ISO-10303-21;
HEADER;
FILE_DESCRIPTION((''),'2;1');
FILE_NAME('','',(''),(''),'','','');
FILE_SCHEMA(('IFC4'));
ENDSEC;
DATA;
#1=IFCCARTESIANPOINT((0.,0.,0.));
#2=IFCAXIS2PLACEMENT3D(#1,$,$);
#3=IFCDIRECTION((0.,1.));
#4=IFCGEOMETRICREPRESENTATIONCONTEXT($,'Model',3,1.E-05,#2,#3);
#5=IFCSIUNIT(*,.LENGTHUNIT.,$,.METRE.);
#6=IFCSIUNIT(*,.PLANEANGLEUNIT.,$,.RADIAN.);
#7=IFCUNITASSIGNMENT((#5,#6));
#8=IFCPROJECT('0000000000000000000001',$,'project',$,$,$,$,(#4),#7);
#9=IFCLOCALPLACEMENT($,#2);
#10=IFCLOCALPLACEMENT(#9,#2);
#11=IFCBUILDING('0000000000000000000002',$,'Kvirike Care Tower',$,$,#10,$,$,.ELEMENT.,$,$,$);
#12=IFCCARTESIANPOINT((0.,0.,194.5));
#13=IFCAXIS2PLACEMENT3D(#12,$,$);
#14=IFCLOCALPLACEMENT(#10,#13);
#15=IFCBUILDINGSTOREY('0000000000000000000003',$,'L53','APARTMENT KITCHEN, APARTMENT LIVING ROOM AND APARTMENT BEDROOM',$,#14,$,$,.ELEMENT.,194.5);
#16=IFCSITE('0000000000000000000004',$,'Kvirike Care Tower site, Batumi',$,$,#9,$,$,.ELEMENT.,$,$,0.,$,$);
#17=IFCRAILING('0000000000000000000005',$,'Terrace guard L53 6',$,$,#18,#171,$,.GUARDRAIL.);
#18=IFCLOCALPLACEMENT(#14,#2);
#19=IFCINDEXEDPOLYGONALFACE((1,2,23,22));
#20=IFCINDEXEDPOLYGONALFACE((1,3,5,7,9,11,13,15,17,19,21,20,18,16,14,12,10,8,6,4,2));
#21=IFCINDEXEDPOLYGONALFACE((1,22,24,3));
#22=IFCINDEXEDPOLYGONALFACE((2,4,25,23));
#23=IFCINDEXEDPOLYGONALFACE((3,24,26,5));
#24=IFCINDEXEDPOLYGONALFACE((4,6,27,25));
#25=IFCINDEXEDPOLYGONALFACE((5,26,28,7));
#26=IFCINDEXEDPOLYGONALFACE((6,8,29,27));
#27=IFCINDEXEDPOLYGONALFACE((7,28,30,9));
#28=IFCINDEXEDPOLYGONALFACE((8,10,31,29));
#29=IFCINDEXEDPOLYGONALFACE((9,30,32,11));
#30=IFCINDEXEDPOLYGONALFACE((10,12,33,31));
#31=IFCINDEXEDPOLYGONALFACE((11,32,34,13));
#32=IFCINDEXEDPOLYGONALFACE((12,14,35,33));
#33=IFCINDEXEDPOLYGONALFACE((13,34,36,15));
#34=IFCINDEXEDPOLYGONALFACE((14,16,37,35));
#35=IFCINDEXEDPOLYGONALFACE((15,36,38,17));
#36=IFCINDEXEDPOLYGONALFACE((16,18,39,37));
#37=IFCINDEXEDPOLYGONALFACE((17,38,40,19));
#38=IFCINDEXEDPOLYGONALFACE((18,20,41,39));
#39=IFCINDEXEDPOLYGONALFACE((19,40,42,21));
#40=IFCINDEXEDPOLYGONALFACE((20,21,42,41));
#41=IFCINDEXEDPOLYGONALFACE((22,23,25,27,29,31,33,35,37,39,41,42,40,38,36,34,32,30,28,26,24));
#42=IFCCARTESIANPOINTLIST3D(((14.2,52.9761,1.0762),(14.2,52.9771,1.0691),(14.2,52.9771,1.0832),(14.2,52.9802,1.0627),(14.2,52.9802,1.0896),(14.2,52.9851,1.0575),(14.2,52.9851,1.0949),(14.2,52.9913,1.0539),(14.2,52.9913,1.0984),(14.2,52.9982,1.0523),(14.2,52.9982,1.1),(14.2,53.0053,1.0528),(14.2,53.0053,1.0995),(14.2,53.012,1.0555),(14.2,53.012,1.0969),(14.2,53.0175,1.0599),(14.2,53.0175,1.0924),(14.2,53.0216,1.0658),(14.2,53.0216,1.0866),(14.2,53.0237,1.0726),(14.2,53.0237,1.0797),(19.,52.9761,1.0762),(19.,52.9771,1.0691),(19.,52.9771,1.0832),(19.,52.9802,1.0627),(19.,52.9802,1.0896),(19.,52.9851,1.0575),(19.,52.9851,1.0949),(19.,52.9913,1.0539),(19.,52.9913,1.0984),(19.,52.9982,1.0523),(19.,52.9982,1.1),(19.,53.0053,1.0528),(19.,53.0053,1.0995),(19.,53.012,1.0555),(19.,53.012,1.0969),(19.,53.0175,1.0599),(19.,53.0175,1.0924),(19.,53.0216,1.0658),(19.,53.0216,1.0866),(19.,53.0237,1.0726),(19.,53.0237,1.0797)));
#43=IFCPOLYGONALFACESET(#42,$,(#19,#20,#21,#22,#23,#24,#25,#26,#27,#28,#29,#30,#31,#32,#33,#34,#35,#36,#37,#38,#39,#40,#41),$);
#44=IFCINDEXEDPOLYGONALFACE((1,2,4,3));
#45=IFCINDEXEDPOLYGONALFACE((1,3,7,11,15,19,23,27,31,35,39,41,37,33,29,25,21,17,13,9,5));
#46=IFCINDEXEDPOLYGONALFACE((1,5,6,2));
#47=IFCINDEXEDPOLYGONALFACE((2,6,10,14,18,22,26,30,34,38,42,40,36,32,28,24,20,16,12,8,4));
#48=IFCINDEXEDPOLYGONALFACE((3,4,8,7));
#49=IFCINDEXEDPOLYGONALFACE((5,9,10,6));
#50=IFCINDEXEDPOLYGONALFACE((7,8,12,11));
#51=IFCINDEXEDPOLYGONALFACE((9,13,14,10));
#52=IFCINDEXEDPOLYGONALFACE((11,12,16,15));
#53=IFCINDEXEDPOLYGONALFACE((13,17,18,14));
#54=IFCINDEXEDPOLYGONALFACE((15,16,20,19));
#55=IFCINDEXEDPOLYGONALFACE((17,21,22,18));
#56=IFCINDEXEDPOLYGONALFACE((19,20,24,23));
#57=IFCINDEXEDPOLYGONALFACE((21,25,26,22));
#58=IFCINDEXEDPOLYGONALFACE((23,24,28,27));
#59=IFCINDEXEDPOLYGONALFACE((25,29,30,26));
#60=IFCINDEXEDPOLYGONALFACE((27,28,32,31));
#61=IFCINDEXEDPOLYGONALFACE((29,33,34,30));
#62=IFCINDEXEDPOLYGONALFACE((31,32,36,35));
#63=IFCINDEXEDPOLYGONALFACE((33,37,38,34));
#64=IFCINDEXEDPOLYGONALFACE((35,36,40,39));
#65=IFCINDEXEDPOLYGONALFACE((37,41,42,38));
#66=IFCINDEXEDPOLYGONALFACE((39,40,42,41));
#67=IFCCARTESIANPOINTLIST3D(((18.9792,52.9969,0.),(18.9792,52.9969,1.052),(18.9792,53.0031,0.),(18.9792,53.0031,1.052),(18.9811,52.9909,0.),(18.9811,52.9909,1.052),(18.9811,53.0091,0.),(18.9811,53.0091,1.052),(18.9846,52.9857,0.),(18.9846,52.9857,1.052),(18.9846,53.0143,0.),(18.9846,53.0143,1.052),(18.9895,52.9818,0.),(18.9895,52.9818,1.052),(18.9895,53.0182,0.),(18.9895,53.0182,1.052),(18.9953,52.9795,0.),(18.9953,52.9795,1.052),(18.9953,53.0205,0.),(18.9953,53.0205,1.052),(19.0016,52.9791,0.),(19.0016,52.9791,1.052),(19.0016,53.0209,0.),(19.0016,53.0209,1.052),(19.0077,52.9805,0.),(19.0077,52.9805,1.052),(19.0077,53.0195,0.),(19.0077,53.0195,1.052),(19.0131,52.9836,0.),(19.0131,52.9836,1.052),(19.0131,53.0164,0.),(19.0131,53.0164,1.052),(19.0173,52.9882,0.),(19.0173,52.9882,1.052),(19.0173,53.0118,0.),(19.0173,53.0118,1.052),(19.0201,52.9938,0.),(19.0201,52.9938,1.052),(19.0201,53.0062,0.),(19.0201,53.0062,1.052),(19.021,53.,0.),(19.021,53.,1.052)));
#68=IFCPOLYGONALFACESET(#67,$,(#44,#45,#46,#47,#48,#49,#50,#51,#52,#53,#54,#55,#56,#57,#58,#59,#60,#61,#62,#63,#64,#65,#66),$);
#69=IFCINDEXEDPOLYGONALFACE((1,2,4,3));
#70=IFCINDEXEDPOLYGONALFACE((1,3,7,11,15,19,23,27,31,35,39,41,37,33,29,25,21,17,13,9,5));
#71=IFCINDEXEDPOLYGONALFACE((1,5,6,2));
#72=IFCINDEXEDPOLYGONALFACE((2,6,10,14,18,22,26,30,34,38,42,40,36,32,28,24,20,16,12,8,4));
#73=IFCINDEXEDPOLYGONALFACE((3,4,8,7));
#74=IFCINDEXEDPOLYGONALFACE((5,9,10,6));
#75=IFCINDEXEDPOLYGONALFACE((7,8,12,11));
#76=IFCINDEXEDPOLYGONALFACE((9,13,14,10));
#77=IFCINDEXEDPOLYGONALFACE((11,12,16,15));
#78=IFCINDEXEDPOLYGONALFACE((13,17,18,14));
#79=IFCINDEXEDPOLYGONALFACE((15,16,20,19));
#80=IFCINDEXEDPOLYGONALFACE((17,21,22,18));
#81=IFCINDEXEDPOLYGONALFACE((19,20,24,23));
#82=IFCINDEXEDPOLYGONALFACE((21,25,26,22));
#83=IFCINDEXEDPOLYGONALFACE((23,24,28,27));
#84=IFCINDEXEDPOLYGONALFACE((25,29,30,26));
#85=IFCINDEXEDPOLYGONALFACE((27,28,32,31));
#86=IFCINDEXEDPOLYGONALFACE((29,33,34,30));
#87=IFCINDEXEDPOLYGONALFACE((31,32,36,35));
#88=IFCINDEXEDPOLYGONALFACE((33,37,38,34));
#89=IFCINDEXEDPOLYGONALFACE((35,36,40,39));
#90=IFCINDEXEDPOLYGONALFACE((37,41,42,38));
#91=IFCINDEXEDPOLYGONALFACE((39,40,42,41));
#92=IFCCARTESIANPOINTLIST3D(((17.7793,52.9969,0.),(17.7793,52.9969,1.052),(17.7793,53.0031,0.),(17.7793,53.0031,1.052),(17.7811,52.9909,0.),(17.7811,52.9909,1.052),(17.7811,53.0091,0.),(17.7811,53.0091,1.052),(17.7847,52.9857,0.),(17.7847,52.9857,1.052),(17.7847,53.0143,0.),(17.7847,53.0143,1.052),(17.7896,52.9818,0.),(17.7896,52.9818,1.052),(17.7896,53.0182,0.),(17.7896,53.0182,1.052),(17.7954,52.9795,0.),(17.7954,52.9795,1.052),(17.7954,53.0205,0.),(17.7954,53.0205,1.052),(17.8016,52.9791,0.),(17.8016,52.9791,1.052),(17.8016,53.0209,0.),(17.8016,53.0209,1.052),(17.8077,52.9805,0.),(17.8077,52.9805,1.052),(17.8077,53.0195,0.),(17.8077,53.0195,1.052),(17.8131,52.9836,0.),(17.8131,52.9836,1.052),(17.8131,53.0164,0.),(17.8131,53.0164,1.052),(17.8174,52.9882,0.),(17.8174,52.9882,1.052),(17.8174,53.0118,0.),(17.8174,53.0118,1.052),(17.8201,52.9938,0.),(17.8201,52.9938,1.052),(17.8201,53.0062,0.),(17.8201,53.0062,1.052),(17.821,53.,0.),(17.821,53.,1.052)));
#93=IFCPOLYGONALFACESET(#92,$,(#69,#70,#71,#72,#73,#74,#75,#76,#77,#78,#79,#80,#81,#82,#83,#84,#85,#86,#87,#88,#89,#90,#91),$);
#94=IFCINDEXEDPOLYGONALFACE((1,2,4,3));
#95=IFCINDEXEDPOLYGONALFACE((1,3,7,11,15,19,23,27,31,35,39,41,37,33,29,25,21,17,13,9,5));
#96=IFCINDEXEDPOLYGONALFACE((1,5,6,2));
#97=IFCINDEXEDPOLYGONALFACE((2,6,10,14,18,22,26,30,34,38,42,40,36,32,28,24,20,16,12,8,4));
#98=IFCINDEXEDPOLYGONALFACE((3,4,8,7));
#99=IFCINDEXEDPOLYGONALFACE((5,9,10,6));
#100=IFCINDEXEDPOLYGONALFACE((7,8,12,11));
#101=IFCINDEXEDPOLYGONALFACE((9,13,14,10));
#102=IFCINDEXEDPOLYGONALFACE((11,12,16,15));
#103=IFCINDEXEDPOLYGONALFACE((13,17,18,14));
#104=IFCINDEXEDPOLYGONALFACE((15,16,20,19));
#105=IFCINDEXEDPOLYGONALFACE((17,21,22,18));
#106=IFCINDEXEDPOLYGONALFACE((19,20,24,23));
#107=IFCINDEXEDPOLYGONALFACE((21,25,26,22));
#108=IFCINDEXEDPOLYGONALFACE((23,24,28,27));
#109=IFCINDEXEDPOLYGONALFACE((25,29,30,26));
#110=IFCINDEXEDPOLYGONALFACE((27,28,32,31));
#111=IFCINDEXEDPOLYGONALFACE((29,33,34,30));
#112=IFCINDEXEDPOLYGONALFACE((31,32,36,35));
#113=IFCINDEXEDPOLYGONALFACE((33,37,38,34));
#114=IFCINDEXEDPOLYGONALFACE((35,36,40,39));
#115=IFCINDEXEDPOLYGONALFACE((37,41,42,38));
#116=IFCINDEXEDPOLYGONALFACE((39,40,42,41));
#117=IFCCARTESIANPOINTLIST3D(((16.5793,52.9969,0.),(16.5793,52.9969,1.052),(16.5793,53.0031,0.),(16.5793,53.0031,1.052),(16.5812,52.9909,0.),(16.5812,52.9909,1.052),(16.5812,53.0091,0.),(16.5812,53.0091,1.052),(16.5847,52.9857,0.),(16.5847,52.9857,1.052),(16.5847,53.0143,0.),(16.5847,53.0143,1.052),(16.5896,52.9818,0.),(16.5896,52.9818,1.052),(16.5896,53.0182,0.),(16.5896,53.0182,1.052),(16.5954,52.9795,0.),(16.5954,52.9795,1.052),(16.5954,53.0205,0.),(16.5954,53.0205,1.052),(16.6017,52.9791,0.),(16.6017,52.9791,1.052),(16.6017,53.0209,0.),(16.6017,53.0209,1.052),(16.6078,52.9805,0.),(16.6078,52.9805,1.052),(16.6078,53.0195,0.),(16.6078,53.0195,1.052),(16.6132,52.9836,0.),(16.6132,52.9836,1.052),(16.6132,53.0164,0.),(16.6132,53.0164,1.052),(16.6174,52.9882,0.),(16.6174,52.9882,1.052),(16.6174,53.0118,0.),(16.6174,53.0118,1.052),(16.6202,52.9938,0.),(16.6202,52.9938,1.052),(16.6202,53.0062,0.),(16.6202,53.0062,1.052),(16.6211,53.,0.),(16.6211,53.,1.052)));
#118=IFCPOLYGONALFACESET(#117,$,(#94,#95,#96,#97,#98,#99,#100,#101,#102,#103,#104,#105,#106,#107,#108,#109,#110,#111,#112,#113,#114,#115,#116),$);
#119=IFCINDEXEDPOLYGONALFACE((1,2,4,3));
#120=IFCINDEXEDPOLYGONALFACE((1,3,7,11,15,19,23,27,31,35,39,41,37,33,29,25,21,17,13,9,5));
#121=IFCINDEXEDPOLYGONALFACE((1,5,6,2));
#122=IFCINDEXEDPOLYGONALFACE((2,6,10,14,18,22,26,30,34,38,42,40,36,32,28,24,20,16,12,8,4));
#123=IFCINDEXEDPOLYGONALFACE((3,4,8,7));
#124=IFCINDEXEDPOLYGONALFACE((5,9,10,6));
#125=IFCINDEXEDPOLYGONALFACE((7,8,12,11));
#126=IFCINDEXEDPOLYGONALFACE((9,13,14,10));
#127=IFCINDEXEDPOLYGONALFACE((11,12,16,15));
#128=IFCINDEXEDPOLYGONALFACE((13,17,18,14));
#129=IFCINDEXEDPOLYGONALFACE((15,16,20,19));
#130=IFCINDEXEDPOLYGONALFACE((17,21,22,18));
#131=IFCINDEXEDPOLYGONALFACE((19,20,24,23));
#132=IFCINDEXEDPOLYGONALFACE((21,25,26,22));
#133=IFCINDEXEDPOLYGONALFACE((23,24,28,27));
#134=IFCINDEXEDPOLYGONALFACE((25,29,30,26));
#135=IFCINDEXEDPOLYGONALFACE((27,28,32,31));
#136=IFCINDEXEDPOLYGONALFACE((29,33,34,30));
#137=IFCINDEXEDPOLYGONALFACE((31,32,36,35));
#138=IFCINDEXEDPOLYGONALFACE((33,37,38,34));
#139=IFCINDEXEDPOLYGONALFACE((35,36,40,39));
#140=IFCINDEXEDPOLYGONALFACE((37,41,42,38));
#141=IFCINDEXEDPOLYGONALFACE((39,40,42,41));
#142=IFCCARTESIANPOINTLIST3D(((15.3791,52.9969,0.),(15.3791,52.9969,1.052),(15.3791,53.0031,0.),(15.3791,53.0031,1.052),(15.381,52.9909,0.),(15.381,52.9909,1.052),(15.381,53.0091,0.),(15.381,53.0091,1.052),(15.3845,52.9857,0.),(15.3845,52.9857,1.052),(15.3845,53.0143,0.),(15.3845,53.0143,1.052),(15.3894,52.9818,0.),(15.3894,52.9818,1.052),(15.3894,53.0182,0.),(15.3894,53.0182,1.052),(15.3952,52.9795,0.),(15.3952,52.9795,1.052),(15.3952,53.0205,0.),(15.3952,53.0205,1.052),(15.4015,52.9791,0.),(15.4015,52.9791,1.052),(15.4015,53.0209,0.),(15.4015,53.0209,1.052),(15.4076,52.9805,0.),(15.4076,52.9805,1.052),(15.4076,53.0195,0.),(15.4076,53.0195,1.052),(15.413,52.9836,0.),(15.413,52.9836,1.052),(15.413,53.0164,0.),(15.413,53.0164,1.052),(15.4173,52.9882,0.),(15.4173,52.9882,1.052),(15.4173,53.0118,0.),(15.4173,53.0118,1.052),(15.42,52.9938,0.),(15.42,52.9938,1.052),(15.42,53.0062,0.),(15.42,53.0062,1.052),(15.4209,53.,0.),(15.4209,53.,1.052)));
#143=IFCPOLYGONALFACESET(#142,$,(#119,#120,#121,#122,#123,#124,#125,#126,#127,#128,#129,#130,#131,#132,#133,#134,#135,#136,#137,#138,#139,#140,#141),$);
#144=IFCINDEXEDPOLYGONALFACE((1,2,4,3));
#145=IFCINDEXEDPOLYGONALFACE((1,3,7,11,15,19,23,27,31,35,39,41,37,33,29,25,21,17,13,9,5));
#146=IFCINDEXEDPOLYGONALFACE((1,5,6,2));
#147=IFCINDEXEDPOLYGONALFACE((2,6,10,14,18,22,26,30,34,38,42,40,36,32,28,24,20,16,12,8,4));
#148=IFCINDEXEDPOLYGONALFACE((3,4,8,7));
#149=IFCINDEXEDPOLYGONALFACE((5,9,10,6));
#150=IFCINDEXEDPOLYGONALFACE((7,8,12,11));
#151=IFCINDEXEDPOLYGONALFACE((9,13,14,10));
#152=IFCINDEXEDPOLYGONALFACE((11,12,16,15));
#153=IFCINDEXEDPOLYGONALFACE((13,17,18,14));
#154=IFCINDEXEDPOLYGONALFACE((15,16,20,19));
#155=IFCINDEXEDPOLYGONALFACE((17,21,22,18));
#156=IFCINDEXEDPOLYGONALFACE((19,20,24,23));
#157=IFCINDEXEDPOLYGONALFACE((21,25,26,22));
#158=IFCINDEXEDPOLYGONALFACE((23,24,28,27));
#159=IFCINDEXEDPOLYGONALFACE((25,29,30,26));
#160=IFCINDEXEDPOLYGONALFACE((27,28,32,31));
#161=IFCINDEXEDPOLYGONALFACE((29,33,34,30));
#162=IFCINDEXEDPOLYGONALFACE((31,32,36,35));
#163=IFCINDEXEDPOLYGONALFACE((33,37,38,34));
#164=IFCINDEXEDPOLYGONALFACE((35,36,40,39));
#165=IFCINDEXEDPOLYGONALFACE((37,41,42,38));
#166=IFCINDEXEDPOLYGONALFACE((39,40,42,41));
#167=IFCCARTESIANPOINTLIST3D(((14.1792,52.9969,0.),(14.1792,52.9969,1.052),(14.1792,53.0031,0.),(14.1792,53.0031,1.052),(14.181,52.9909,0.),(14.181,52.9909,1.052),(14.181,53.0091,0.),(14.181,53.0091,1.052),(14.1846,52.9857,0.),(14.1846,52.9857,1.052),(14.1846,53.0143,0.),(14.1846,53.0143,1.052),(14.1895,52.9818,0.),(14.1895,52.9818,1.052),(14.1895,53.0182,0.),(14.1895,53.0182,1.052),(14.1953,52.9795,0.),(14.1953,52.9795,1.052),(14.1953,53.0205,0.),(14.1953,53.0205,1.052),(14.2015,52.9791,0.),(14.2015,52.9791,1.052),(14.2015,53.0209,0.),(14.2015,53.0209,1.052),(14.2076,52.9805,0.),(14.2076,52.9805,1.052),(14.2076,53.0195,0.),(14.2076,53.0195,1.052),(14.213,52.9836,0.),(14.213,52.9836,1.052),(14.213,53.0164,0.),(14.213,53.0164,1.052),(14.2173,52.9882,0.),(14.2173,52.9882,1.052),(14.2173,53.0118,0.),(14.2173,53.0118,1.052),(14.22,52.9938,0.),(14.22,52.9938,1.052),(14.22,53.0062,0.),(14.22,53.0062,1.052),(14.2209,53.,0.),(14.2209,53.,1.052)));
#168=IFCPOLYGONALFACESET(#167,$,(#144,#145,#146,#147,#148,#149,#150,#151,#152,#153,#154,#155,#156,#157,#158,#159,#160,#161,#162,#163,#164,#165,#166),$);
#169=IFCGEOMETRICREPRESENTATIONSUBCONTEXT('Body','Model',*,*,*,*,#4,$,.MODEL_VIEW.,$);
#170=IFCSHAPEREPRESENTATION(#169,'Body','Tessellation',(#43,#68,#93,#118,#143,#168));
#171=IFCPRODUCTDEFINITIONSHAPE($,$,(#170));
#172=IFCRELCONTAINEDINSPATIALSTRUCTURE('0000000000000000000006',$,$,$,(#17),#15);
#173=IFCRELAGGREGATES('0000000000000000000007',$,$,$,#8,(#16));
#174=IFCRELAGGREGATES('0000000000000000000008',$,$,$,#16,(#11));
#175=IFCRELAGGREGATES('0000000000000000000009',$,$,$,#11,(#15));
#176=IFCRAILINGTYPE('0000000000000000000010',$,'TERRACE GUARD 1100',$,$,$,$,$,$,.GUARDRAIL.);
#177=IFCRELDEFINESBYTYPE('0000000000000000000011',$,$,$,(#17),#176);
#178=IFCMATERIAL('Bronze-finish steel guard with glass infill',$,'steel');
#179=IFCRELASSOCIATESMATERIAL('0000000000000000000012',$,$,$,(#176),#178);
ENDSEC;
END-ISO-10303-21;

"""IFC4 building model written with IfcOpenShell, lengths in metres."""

from ifc_helpers import new_model, si_unit, direction, frame, origin, origin_2d, place, context, subcontext, project, spatial, circle, extrude, material, type_object, element, save


model = new_model("IFC4")

# Units and contexts
model_context = context("Model", 3, precision=1e-05, world=origin(), true_north=direction((0.0, 1.0)))
body_context = subcontext(model_context, "Body", "Model", "MODEL_VIEW")
ifc_project = project(units=[si_unit("LENGTHUNIT", "METRE"), si_unit("PLANEANGLEUNIT", "RADIAN")], contexts=[model_context])

# Site, building, storey
site_placement = place(None, origin())
site = spatial("IfcSite", under=ifc_project, at=site_placement, Name="Kvirike Care Tower site, Batumi", CompositionType="ELEMENT", RefElevation=0.0)
building_placement = place(site_placement, origin())
building = spatial("IfcBuilding", under=site, at=building_placement, Name="Kvirike Care Tower", CompositionType="ELEMENT")
storey_placement = place(building_placement, frame((0.0, 0.0, 194.5)))
storey = spatial("IfcBuildingStorey", under=building, at=storey_placement, Name="L53", Description="APARTMENT KITCHEN, APARTMENT LIVING ROOM AND APARTMENT BEDROOM", CompositionType="ELEMENT", Elevation=194.5)

# Railing
ifc_material_1 = material(Name="Bronze-finish steel guard with glass infill", Category="steel")
railing_type = type_object("IfcRailingType", Name="TERRACE GUARD 1100", PredefinedType="GUARDRAIL", material=ifc_material_1)
railing_1_placement = place(storey_placement, frame((19.0, 53.0, 0.0)))
element("IfcRailing", 1, at=railing_1_placement, inside=storey, type_object=railing_type, Name="Terrace guard L53 6", PredefinedType="GUARDRAIL", context=body_context, shape_type="SweptSolid", body=[
    extrude(circle(Radius=0.0239, at=origin_2d()), frame((0.0, 0.0, 1.0762), z_axis=(-1.0, 0.0, 0.0), x_axis=(0.0, -1.0, 0.0)), (0.0, 0.0, 1.0), 4.8),
    extrude(circle(Radius=0.021, at=origin_2d()), origin(), (0.0, 0.0, 1.0), 1.052),
    extrude(circle(Radius=0.021, at=origin_2d()), frame((-1.2, 0.0, 0.0)), (0.0, 0.0, 1.0), 1.052),
    extrude(circle(Radius=0.021, at=origin_2d()), frame((-2.3999, 0.0, 0.0)), (0.0, 0.0, 1.0), 1.052),
    extrude(circle(Radius=0.021, at=origin_2d()), frame((-3.6001, 0.0, 0.0)), (0.0, 0.0, 1.0), 1.052),
    extrude(circle(Radius=0.021, at=origin_2d()), frame((-4.8, 0.0, 0.0)), (0.0, 0.0, 1.0), 1.052),
])

save(model, "model.ifc")
